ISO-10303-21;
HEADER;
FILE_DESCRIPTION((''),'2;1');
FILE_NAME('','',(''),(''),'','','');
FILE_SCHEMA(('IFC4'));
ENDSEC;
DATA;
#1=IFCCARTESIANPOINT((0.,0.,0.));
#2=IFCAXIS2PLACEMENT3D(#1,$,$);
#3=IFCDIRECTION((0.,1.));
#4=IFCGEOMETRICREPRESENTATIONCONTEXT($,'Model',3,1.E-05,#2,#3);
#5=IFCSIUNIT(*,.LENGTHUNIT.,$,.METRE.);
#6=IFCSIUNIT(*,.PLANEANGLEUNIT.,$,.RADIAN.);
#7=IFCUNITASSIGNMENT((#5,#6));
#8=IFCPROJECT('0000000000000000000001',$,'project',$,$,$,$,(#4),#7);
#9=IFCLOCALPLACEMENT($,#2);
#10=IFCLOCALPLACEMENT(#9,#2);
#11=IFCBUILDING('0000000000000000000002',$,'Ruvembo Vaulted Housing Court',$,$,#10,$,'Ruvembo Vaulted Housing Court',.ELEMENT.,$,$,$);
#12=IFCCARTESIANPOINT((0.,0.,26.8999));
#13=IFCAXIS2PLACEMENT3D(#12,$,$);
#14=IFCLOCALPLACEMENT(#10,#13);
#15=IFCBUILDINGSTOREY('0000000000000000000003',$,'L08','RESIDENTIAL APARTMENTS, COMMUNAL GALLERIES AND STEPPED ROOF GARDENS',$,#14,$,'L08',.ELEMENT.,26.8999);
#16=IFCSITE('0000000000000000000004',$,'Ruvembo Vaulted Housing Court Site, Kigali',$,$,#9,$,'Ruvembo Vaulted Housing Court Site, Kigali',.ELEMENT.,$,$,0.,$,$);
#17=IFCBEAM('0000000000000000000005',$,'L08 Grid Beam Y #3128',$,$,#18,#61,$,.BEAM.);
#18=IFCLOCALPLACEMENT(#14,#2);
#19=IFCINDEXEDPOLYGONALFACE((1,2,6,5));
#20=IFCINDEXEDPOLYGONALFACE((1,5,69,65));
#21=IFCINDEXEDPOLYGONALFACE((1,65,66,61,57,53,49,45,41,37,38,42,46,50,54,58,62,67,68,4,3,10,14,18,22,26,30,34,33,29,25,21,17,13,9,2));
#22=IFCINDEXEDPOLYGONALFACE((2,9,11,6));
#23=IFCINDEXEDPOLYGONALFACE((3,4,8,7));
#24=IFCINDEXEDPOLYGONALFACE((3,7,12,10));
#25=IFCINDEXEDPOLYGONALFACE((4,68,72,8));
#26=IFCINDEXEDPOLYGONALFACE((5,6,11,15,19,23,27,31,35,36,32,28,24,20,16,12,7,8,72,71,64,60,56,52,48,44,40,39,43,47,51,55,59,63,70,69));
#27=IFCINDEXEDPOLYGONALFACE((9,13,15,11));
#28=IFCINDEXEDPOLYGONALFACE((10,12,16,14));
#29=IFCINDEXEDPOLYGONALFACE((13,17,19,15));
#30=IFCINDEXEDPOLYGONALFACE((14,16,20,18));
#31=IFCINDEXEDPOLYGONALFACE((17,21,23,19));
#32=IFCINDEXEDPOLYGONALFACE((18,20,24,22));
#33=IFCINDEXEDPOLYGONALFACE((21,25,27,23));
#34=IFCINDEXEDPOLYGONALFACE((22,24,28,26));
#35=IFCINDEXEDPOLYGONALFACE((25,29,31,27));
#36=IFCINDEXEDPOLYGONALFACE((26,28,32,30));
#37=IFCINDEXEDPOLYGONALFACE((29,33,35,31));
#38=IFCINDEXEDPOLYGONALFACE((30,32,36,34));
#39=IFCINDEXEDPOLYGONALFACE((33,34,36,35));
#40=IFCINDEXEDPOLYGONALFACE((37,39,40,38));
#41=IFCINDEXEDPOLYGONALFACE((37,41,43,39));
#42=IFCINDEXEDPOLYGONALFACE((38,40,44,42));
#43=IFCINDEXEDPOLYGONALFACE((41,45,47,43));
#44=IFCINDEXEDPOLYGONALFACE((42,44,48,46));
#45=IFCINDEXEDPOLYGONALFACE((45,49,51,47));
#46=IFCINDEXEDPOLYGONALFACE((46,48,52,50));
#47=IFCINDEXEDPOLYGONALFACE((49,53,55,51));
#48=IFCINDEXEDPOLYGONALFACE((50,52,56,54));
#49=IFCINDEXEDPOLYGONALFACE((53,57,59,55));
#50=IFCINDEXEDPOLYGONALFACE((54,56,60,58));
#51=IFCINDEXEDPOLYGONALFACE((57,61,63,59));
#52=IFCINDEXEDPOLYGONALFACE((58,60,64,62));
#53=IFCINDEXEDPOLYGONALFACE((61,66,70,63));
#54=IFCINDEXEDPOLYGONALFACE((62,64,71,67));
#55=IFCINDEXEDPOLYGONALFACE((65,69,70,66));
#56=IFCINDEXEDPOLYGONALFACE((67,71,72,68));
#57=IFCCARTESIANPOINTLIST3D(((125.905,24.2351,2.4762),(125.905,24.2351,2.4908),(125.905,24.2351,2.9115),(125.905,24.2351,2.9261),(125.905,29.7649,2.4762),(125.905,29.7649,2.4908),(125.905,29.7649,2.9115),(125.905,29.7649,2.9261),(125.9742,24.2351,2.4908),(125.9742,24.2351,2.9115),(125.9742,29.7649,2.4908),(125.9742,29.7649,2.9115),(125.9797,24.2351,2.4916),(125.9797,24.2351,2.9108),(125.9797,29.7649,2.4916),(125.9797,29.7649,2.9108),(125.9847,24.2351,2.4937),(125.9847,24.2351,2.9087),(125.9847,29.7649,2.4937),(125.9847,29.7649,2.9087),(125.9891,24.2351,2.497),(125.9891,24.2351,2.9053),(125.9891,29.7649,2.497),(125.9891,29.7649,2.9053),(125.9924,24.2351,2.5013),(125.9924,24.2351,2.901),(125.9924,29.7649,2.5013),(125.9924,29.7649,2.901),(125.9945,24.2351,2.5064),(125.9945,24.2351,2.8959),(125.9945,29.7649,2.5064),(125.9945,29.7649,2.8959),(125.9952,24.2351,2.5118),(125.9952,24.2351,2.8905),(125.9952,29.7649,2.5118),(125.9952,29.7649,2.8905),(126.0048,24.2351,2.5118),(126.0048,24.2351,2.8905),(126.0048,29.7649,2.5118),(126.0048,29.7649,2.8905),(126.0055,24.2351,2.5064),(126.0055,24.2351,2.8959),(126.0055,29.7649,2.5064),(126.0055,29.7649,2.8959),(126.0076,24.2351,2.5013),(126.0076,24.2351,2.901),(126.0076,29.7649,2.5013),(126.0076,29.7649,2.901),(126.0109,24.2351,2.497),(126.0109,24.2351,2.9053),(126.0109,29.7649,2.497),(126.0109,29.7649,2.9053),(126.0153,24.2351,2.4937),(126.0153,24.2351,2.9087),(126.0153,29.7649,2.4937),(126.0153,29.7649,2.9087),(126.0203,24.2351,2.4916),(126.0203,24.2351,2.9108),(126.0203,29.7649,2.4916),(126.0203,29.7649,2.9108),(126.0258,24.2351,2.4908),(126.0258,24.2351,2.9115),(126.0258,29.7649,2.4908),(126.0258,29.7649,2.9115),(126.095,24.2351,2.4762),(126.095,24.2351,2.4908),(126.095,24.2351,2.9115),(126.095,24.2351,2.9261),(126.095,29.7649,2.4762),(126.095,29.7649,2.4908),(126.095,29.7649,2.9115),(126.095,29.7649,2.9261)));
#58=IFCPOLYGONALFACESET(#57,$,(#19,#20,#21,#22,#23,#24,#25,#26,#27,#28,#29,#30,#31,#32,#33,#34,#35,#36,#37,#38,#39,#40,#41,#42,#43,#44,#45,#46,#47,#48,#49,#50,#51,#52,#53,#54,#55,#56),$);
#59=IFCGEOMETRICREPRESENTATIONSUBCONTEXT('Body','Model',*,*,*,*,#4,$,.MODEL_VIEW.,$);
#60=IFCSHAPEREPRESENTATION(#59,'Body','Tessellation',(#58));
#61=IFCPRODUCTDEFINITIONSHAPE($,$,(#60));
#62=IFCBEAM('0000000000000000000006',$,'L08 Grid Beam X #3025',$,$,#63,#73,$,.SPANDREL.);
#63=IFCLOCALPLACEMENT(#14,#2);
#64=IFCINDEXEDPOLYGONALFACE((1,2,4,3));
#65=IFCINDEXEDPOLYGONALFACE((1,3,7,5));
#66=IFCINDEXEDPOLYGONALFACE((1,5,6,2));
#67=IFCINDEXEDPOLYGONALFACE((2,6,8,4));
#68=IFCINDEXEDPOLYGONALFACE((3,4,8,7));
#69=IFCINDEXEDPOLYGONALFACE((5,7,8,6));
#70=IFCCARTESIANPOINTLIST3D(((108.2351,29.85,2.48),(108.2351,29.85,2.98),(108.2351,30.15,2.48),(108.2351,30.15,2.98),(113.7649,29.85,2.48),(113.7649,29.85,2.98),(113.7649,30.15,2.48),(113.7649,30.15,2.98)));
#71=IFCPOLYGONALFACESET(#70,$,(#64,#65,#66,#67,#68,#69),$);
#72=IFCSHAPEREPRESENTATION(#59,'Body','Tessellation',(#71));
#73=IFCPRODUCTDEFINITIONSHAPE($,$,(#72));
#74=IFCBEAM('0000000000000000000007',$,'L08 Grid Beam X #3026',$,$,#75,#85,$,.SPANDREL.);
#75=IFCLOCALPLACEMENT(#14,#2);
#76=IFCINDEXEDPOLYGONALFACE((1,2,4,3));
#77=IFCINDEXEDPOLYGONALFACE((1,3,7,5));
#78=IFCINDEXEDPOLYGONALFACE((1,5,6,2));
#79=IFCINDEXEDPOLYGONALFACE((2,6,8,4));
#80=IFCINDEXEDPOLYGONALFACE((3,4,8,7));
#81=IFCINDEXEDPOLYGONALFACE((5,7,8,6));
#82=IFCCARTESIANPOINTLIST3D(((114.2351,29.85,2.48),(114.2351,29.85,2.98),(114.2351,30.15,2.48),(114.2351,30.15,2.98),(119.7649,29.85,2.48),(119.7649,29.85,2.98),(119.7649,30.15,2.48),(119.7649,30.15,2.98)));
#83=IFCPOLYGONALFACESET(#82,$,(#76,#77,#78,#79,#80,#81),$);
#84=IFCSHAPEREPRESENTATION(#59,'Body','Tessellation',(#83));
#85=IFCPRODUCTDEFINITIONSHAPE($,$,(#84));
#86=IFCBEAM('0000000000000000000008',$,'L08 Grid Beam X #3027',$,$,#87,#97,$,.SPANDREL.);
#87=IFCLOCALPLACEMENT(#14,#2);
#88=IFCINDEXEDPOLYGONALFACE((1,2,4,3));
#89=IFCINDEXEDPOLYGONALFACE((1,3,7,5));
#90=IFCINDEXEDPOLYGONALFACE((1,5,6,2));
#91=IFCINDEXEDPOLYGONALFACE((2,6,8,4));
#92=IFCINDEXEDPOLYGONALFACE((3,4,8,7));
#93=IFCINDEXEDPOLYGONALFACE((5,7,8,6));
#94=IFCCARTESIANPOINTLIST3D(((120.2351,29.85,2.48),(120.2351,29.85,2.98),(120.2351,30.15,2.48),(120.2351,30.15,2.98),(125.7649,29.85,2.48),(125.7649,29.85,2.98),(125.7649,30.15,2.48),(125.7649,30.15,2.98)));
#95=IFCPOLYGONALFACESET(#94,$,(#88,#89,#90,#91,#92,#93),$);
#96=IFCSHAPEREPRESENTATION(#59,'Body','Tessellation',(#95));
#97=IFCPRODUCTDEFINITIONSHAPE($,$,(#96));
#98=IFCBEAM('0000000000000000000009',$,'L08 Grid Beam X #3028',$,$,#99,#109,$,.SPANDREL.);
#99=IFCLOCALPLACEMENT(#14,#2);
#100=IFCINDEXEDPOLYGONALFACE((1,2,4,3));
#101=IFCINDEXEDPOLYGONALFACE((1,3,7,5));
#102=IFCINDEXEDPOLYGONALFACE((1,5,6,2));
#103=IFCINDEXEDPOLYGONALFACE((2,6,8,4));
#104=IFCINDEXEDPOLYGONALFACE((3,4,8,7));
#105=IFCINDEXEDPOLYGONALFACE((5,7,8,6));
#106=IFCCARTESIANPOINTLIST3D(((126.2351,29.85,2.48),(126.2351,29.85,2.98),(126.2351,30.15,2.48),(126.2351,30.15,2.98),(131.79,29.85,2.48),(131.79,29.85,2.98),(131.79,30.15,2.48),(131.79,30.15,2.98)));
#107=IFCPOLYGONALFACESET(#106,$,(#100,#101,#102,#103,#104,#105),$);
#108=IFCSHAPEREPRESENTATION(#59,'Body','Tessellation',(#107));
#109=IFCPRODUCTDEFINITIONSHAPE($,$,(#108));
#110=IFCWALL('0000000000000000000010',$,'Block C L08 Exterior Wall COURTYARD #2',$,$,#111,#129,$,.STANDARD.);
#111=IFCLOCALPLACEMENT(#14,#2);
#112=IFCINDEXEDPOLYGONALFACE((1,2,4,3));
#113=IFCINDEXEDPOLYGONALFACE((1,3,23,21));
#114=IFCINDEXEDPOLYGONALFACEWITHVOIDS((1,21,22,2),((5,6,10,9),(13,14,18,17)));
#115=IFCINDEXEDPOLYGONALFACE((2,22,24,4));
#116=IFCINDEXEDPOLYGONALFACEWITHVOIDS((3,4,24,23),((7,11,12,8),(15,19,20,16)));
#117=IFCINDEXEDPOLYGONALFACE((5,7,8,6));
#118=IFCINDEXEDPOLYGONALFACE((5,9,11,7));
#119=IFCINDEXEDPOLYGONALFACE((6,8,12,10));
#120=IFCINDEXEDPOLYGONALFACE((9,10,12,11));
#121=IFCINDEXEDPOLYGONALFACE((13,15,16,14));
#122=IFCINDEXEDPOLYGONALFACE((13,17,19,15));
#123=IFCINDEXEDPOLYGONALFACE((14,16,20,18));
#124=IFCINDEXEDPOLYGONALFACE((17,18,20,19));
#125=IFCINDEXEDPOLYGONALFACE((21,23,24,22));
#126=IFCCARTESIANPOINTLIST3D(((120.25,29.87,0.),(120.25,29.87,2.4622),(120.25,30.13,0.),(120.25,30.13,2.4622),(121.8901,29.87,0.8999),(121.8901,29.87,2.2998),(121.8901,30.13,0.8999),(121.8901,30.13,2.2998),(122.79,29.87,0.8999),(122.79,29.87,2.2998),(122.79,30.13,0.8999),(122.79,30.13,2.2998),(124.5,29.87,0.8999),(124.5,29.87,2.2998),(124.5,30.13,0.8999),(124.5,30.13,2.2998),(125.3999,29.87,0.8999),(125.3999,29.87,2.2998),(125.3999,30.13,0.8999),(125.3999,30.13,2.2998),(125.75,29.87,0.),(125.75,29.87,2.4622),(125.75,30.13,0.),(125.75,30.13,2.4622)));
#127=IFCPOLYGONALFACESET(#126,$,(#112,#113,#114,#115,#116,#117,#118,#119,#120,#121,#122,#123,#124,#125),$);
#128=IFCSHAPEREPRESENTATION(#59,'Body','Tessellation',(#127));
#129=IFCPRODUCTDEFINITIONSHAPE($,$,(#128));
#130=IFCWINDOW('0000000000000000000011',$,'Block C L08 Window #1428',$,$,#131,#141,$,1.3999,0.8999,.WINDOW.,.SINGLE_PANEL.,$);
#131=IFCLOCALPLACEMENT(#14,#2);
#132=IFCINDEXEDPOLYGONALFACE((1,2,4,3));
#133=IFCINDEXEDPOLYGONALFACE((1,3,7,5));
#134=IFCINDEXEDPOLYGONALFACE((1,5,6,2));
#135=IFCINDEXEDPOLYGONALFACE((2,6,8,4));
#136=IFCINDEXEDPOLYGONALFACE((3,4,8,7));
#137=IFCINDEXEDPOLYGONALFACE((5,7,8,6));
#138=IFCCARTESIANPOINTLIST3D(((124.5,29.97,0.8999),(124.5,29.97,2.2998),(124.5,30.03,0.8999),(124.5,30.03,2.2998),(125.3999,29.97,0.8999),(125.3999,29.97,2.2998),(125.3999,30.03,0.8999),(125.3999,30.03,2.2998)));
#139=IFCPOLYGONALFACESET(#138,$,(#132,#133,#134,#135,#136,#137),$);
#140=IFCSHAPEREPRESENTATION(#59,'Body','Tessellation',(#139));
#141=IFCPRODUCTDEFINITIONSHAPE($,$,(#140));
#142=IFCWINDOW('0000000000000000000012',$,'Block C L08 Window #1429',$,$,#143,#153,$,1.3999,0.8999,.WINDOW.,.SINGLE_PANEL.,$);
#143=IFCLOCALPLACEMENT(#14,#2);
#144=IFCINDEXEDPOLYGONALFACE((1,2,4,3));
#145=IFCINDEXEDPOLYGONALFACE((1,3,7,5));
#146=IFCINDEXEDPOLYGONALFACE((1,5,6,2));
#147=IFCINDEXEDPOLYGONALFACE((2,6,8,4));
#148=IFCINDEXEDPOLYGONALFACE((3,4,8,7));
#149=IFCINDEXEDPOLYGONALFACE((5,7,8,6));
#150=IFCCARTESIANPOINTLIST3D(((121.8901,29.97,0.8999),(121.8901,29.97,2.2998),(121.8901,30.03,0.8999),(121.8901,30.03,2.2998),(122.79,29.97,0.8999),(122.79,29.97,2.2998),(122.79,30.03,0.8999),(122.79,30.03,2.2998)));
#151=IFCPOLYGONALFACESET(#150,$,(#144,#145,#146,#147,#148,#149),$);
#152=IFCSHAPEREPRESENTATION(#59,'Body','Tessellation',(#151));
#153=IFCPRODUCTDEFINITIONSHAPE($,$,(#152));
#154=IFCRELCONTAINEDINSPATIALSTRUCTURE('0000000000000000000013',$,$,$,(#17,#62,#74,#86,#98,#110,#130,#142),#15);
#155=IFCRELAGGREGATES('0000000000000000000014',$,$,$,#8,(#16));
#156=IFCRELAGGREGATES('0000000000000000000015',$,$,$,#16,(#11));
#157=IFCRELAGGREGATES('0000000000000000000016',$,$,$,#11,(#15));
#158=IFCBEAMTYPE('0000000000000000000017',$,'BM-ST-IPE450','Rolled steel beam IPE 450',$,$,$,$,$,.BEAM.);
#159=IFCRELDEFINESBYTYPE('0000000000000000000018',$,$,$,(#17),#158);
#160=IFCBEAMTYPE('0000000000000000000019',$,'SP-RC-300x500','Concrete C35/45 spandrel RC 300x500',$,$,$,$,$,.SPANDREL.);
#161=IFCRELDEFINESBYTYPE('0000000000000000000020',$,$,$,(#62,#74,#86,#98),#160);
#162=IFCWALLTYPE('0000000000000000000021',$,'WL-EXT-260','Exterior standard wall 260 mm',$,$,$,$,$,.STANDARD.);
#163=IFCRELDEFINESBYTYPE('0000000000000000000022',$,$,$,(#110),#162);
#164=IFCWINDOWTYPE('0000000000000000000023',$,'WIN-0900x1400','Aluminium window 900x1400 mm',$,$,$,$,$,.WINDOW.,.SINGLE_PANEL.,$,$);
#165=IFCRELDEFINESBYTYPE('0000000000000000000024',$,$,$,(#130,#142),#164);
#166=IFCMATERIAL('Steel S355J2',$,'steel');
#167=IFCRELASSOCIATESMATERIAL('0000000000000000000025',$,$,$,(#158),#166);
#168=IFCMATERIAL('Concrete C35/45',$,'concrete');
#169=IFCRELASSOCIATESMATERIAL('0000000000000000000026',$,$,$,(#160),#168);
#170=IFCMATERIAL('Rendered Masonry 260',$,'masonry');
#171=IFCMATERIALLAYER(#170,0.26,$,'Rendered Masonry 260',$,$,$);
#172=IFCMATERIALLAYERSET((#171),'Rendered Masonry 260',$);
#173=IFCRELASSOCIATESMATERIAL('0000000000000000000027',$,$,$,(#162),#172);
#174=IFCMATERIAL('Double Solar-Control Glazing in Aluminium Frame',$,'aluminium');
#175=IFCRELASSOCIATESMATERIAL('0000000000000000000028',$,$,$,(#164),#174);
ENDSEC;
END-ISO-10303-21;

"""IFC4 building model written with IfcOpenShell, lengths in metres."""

from ifc_helpers import new_model, si_unit, direction, frame, frame_2d, origin, origin_2d, place, context, subcontext, project, spatial, rectangle, i_section, extrude, material, layer, layer_set, material_profile, profile_set, type_object, element, fill, save


model = new_model("IFC4")

# Units and contexts
model_context = context("Model", 3, precision=1e-05, world=origin(), true_north=direction((0.0, 1.0)))
body_context = subcontext(model_context, "Body", "Model", "MODEL_VIEW")
ifc_project = project(units=[si_unit("LENGTHUNIT", "METRE"), si_unit("PLANEANGLEUNIT", "RADIAN")], contexts=[model_context])

# Site, building, storey
site_placement = place(None, origin())
site = spatial("IfcSite", under=ifc_project, at=site_placement, Name="Ruvembo Vaulted Housing Court Site, Kigali", LongName="Ruvembo Vaulted Housing Court Site, Kigali", CompositionType="ELEMENT", RefElevation=0.0)
building_placement = place(site_placement, origin())
building = spatial("IfcBuilding", under=site, at=building_placement, Name="Ruvembo Vaulted Housing Court", LongName="Ruvembo Vaulted Housing Court", CompositionType="ELEMENT")
storey_placement = place(building_placement, frame((0.0, 0.0, 26.8999)))
storey = spatial("IfcBuildingStorey", under=building, at=storey_placement, Name="L08", Description="RESIDENTIAL APARTMENTS, COMMUNAL GALLERIES AND STEPPED ROOF GARDENS", LongName="L08", CompositionType="ELEMENT", Elevation=26.8999)

# Shared definitions
ifc_material_1 = material(Name="Concrete C35/45", Category="concrete")

# Beams
ifc_material_2 = material(Name="Steel S355J2", Category="steel")
ifc_material_profile_1 = material_profile(ifc_material_2, i_section(OverallWidth=0.1899, OverallDepth=0.45, WebThickness=0.0095, FlangeThickness=0.0146, FilletRadius=0.021, at=origin_2d()), Name="IPE 450")
ifc_profile_set_1 = profile_set([ifc_material_profile_1], Name="Steel S355J2")
beam_type_1 = type_object("IfcBeamType", Name="BM-ST-IPE450", Description="Rolled steel beam IPE 450", PredefinedType="BEAM", material=ifc_profile_set_1)
for number, where, z_axis, x_axis, name in (
    (1, (126.0, 24.2351, 2.7012), (0.0, 1.0, 0.0), (-1.0, 0.0, 0.0), "L08 Grid Beam Y #3128"),
):
    element("IfcBeam", number, at=place(storey_placement, frame(where, z_axis=z_axis, x_axis=x_axis)), inside=storey, type_object=beam_type_1, Name=name, PredefinedType="BEAM", context=body_context, shape_type="SweptSolid", body=[
        extrude(i_section(OverallWidth=0.1899, OverallDepth=0.45, WebThickness=0.0095, FlangeThickness=0.0146, FilletRadius=0.021, at=origin_2d()), origin(), (0.0, 0.0, 1.0), 5.5298),
    ])
ifc_material_profile_2 = material_profile(ifc_material_1, rectangle(XDim=0.3, YDim=0.5, at=origin_2d()), Name="RC 300x500")
ifc_profile_set_2 = profile_set([ifc_material_profile_2], Name="Concrete C35/45")
beam_type_2 = type_object("IfcBeamType", Name="SP-RC-300x500", Description="Concrete C35/45 spandrel RC 300x500", PredefinedType="SPANDREL", material=ifc_profile_set_2)
for number, where, z_axis, x_axis, name in (
    (2, (108.2351, 30.0, 2.73), (1.0, 0.0, 0.0), (0.0, 1.0, 0.0), "L08 Grid Beam X #3025"),
    (3, (114.2351, 30.0, 2.73), (1.0, 0.0, 0.0), (0.0, 1.0, 0.0), "L08 Grid Beam X #3026"),
    (4, (120.2351, 30.0, 2.73), (1.0, 0.0, 0.0), (0.0, 1.0, 0.0), "L08 Grid Beam X #3027"),
):
    element("IfcBeam", number, at=place(storey_placement, frame(where, z_axis=z_axis, x_axis=x_axis)), inside=storey, type_object=beam_type_2, Name=name, PredefinedType="SPANDREL", context=body_context, shape_type="SweptSolid", body=[
        extrude(rectangle(XDim=0.3, YDim=0.5, at=origin_2d()), origin(), (0.0, 0.0, 1.0), 5.5298),
    ])
beam_1_placement = place(storey_placement, frame((126.2351, 30.0, 2.73), z_axis=(1.0, 0.0, 0.0), x_axis=(0.0, 1.0, 0.0)))
element("IfcBeam", 5, at=beam_1_placement, inside=storey, type_object=beam_type_2, Name="L08 Grid Beam X #3028", PredefinedType="SPANDREL", context=body_context, shape_type="SweptSolid", body=[
    extrude(rectangle(XDim=0.3, YDim=0.5, at=origin_2d()), origin(), (0.0, 0.0, 1.0), 5.5549),
])

# Wall, openings, windows
ifc_material_3 = material(Name="Rendered Masonry 260", Category="masonry")
ifc_layer_1 = layer(ifc_material_3, 0.26, Name="Rendered Masonry 260")
ifc_layer_set_1 = layer_set([ifc_layer_1], Name="Rendered Masonry 260")
wall_type_1 = type_object("IfcWallType", Name="WL-EXT-260", Description="Exterior standard wall 260 mm", PredefinedType="STANDARD", material=ifc_layer_set_1)
wall_1_placement = place(storey_placement, frame((125.75, 30.0, 0.0), z_axis=(0.0, 0.0, 1.0), x_axis=(-1.0, 0.0, 0.0)))
wall_1 = element("IfcWall", 6, at=wall_1_placement, inside=storey, type_object=wall_type_1, Name="Block C L08 Exterior Wall COURTYARD #2", PredefinedType="STANDARD", context=body_context, shape_type="SweptSolid", body=[
    extrude(rectangle(XDim=5.5, YDim=0.26, at=frame_2d((2.75, 0.0))), origin(), (0.0, 0.0, 1.0), 2.4622),
])
opening_1_placement = place(wall_1_placement, frame((0.3501, 0.0, 0.8999)))
opening_1 = element("IfcOpeningElement", 7, at=opening_1_placement, cuts=wall_1, PredefinedType="OPENING", context=body_context, shape_type="SweptSolid", body=[
    extrude(rectangle(XDim=0.8999, YDim=1.3999, at=frame_2d((0.45, 0.7))), frame((0.0, 0.1399, 0.0), z_axis=(0.0, -1.0, 0.0), x_axis=(1.0, 0.0, 0.0)), (0.0, 0.0, 1.0), 0.28),
])
opening_2_placement = place(wall_1_placement, frame((2.96, 0.0, 0.8999)))
opening_2 = element("IfcOpeningElement", 8, at=opening_2_placement, cuts=wall_1, PredefinedType="OPENING", context=body_context, shape_type="SweptSolid", body=[
    extrude(rectangle(XDim=0.8999, YDim=1.3999, at=frame_2d((0.45, 0.7))), frame((0.0, 0.1399, 0.0), z_axis=(0.0, -1.0, 0.0), x_axis=(1.0, 0.0, 0.0)), (0.0, 0.0, 1.0), 0.28),
])
ifc_material_4 = material(Name="Double Solar-Control Glazing in Aluminium Frame", Category="aluminium")
window_type_1 = type_object("IfcWindowType", Name="WIN-0900x1400", Description="Aluminium window 900x1400 mm", PartitioningType="SINGLE_PANEL", PredefinedType="WINDOW", material=ifc_material_4)
window_1_placement = place(opening_1_placement, origin())
window_1 = element("IfcWindow", 9, at=window_1_placement, inside=storey, type_object=window_type_1, Name="Block C L08 Window #1428", OverallHeight=1.3999, OverallWidth=0.8999, PartitioningType="SINGLE_PANEL", PredefinedType="WINDOW", context=body_context, shape_type="SweptSolid", body=[
    extrude(rectangle(XDim=0.8999, YDim=1.3999, at=frame_2d((0.45, 0.7))), frame((0.0, 0.03, 0.0), z_axis=(0.0, -1.0, 0.0), x_axis=(1.0, 0.0, 0.0)), (0.0, 0.0, 1.0), 0.0601),
])
fill(opening_1, window_1)
window_2_placement = place(opening_2_placement, origin())
window_2 = element("IfcWindow", 10, at=window_2_placement, inside=storey, type_object=window_type_1, Name="Block C L08 Window #1429", OverallHeight=1.3999, OverallWidth=0.8999, PartitioningType="SINGLE_PANEL", PredefinedType="WINDOW", context=body_context, shape_type="SweptSolid", body=[
    extrude(rectangle(XDim=0.8999, YDim=1.3999, at=frame_2d((0.45, 0.7))), frame((0.0, 0.03, 0.0), z_axis=(0.0, -1.0, 0.0), x_axis=(1.0, 0.0, 0.0)), (0.0, 0.0, 1.0), 0.0601),
])
fill(opening_2, window_2)

save(model, "model.ifc")
